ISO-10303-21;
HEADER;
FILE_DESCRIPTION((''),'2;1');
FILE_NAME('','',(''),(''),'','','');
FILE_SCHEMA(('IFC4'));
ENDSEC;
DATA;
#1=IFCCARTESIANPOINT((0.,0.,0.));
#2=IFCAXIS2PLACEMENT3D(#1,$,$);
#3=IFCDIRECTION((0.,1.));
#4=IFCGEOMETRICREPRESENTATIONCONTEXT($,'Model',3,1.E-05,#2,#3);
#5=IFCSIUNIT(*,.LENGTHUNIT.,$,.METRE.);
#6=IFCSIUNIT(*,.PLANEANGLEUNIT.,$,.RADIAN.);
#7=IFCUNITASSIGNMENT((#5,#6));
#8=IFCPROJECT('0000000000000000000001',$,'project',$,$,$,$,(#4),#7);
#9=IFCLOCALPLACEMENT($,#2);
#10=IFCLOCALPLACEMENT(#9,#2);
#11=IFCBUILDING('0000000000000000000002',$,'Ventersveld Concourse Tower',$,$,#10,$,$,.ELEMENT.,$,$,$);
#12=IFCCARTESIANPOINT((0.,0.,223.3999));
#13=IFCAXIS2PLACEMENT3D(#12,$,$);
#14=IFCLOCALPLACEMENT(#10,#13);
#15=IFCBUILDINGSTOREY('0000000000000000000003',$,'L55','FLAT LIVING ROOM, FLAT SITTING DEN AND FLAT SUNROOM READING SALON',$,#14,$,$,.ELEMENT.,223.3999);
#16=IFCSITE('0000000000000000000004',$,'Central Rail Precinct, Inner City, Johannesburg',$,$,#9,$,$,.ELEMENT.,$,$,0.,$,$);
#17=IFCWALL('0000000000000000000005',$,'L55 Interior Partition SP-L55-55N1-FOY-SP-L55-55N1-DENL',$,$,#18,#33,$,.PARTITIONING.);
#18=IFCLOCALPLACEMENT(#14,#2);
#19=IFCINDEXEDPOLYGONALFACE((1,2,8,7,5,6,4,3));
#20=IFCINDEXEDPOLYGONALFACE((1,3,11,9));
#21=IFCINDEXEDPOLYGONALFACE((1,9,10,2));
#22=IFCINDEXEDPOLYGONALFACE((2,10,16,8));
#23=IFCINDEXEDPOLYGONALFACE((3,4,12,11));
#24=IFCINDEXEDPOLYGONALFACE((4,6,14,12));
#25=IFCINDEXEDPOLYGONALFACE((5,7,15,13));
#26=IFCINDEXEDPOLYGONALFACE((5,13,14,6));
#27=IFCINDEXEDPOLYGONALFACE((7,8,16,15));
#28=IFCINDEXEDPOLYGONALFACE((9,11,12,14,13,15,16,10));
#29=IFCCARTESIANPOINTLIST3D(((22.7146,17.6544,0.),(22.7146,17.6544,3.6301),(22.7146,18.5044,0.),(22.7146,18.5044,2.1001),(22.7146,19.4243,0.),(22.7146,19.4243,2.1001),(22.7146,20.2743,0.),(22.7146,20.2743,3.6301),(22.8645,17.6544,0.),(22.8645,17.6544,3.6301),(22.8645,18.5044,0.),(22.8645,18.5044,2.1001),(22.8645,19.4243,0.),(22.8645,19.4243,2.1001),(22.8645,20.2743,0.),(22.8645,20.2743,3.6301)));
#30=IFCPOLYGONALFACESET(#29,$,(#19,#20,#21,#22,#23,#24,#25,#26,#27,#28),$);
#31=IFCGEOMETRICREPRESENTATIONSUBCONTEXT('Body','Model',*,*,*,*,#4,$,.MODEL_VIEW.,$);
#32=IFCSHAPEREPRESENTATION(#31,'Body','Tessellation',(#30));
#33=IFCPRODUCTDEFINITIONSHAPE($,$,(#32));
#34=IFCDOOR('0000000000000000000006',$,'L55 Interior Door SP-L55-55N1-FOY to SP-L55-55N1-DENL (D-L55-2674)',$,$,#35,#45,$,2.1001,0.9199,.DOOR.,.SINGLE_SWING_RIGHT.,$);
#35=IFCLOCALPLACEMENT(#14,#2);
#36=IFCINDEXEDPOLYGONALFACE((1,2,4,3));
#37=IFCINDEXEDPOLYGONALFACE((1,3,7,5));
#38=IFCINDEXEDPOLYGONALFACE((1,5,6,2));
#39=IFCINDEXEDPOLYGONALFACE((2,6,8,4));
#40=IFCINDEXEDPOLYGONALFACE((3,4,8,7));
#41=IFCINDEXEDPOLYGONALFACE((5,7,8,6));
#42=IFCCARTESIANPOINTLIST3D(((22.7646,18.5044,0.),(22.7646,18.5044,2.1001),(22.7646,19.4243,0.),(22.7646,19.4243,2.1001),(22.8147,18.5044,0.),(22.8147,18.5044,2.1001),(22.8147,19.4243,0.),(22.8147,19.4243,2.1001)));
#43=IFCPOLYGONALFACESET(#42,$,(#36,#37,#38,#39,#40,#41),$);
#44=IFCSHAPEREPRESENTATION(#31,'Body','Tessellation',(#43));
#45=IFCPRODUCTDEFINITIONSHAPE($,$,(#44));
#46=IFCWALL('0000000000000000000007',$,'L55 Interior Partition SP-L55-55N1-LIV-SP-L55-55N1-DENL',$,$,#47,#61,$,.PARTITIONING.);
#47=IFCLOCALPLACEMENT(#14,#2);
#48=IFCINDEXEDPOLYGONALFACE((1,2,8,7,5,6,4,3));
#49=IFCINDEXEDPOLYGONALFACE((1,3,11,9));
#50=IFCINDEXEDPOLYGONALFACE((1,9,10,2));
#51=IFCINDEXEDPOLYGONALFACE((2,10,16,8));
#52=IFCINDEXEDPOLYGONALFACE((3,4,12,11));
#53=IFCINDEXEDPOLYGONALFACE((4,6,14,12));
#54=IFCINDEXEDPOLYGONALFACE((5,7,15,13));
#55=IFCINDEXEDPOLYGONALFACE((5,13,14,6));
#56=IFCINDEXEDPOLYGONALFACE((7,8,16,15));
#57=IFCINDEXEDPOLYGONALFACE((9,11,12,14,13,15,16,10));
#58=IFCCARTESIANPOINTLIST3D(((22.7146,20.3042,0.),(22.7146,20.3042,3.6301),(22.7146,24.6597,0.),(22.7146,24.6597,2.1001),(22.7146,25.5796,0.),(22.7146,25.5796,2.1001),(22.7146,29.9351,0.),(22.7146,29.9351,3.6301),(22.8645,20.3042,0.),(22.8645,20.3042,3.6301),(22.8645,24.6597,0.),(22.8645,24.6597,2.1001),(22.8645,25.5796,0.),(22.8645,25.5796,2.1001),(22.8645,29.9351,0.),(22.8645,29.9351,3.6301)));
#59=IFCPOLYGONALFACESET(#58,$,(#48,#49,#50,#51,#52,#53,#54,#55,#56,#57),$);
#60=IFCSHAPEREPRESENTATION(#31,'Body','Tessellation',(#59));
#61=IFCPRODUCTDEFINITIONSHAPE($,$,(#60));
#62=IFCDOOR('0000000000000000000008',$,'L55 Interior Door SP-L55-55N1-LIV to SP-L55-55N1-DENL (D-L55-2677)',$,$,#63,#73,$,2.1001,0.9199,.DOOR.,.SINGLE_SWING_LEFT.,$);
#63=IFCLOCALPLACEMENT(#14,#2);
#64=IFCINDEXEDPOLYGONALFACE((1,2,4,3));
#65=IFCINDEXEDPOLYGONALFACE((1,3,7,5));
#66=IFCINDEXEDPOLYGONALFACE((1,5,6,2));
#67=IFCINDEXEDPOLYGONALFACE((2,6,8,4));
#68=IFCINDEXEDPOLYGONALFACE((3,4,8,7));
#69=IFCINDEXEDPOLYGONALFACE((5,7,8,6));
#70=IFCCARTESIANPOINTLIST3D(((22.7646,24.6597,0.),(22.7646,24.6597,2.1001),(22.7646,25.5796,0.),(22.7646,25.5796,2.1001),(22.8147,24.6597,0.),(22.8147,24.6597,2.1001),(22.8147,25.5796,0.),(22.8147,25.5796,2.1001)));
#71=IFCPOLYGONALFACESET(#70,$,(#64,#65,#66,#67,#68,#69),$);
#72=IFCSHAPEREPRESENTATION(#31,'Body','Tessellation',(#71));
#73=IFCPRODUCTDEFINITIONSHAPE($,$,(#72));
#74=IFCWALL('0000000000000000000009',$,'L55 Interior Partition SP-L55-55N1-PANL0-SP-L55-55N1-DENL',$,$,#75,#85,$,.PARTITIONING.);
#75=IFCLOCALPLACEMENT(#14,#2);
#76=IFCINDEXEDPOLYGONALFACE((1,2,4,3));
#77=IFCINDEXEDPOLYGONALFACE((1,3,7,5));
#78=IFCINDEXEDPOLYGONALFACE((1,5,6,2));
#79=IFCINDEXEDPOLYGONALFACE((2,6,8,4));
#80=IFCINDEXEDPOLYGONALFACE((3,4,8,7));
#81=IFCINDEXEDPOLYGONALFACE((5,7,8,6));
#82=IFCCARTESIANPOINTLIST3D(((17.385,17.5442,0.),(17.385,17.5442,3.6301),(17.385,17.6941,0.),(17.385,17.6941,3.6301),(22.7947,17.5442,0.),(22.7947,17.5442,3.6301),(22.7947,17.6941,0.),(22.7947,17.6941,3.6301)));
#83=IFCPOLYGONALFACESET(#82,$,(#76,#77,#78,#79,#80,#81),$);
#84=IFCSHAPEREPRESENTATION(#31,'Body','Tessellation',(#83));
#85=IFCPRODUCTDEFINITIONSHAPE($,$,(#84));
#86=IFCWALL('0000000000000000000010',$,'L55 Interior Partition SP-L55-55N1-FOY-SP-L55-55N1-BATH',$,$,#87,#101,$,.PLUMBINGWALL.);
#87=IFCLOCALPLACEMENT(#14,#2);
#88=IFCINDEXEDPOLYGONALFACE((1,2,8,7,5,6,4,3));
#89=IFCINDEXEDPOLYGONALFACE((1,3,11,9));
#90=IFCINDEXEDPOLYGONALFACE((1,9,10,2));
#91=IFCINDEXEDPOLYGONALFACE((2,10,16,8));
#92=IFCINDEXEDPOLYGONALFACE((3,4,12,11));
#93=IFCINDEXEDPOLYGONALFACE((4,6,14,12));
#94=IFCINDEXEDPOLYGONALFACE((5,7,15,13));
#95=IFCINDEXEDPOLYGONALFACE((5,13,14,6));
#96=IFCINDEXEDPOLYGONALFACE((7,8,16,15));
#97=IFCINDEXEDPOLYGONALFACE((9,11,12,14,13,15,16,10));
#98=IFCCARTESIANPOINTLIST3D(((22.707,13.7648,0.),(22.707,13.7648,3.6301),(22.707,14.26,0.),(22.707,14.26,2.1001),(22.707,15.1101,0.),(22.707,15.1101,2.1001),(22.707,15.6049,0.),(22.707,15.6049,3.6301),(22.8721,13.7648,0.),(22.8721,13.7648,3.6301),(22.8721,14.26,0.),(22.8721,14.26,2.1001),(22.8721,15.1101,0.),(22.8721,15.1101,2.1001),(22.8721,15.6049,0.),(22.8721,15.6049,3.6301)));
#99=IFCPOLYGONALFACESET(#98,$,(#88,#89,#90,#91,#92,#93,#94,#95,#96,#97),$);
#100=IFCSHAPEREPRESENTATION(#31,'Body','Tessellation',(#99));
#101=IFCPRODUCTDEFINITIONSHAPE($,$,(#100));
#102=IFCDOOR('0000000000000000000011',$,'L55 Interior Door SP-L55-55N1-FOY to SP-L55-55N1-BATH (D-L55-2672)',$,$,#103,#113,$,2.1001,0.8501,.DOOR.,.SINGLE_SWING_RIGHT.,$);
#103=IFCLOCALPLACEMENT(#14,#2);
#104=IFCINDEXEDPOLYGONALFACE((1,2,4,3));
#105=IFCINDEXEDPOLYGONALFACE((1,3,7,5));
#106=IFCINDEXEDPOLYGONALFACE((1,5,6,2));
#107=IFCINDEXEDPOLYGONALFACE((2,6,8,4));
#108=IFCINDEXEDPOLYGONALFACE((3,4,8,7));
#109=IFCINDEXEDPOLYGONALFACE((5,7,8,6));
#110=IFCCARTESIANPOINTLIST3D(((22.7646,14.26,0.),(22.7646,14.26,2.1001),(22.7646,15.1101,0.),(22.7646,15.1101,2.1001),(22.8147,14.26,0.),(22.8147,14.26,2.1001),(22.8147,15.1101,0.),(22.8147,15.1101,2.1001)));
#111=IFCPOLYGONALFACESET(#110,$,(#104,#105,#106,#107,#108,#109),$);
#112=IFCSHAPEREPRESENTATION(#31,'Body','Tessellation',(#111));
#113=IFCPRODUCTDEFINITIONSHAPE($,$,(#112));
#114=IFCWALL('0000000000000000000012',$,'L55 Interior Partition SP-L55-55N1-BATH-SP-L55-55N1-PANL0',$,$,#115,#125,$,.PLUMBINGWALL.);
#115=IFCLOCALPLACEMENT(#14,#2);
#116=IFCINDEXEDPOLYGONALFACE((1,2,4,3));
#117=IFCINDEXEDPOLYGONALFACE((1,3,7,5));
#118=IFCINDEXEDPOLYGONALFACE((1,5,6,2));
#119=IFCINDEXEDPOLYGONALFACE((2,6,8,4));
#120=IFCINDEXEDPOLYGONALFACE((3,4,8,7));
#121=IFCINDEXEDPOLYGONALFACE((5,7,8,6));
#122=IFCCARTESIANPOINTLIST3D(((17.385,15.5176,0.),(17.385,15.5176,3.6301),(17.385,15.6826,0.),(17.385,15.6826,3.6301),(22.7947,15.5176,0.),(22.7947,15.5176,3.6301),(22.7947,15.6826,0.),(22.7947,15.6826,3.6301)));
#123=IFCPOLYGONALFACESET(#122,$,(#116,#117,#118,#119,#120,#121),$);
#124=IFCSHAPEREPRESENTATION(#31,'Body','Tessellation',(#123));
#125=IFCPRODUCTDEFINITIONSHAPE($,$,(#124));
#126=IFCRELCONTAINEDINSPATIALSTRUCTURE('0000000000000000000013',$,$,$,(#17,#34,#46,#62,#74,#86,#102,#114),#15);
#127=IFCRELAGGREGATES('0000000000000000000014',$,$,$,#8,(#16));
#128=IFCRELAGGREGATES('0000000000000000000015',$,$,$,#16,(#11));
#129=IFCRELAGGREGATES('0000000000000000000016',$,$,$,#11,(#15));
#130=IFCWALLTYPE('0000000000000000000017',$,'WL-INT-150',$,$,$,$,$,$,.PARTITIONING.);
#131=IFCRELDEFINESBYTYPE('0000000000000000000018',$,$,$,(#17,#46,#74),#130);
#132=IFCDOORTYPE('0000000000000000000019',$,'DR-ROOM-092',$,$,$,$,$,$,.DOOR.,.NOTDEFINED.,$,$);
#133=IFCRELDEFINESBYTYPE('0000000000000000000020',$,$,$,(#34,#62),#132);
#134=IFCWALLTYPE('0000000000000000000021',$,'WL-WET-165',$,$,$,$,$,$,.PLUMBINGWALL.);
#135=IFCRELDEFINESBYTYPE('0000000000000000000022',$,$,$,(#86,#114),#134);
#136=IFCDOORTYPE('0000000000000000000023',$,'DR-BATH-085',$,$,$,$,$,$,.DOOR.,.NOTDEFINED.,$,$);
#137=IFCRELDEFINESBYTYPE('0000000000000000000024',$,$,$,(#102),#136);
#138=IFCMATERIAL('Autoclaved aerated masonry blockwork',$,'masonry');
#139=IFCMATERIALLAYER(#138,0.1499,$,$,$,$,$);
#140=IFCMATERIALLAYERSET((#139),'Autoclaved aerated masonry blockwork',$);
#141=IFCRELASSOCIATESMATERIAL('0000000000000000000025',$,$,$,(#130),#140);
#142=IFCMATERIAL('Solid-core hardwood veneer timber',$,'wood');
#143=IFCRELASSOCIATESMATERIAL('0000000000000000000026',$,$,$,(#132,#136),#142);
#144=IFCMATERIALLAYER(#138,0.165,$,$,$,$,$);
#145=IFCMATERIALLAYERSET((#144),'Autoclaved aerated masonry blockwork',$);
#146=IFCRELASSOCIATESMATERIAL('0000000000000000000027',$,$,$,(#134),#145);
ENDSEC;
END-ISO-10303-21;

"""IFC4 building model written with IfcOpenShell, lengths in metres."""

from ifc_helpers import new_model, si_unit, direction, frame, frame_2d, origin, place, context, subcontext, project, spatial, rectangle, extrude, material, layer, layer_set, type_object, element, fill, save


model = new_model("IFC4")

# Units and contexts
model_context = context("Model", 3, precision=1e-05, world=origin(), true_north=direction((0.0, 1.0)))
body_context = subcontext(model_context, "Body", "Model", "MODEL_VIEW")
ifc_project = project(units=[si_unit("LENGTHUNIT", "METRE"), si_unit("PLANEANGLEUNIT", "RADIAN")], contexts=[model_context])

# Site, building, storey
site_placement = place(None, origin())
site = spatial("IfcSite", under=ifc_project, at=site_placement, Name="Central Rail Precinct, Inner City, Johannesburg", CompositionType="ELEMENT", RefElevation=0.0)
building_placement = place(site_placement, origin())
building = spatial("IfcBuilding", under=site, at=building_placement, Name="Ventersveld Concourse Tower", CompositionType="ELEMENT")
storey_placement = place(building_placement, frame((0.0, 0.0, 223.3999)))
storey = spatial("IfcBuildingStorey", under=building, at=storey_placement, Name="L55", Description="FLAT LIVING ROOM, FLAT SITTING DEN AND FLAT SUNROOM READING SALON", CompositionType="ELEMENT", Elevation=223.3999)

# Shared definitions
ifc_material_1 = material(Name="Solid-core hardwood veneer timber", Category="wood")

# Walls, openings, doors
ifc_material_2 = material(Name="Autoclaved aerated masonry blockwork", Category="masonry")
ifc_layer_1 = layer(ifc_material_2, 0.1499)
ifc_layer_set_1 = layer_set([ifc_layer_1], Name="Autoclaved aerated masonry blockwork")
wall_type_1 = type_object("IfcWallType", Name="WL-INT-150", PredefinedType="PARTITIONING", material=ifc_layer_set_1)
door_type_1 = type_object("IfcDoorType", Name="DR-ROOM-092", OperationType="NOTDEFINED", PredefinedType="DOOR", material=ifc_material_1)
wall_1_placement = place(storey_placement, frame((22.7896, 17.6543, 0.0), z_axis=(0.0, 0.0, 1.0), x_axis=(0.0, 1.0, 0.0)))
wall_1 = element("IfcWall", 1, at=wall_1_placement, inside=storey, type_object=wall_type_1, Name="L55 Interior Partition SP-L55-55N1-FOY-SP-L55-55N1-DENL", PredefinedType="PARTITIONING", context=body_context, shape_type="SweptSolid", body=[
    extrude(rectangle(XDim=2.6199, YDim=0.1499, at=frame_2d((1.3101, 0.0))), origin(), (0.0, 0.0, 1.0), 3.6301),
])
opening_1_placement = place(wall_1_placement, frame((0.8501, 0.0, 0.0)))
opening_1 = element("IfcOpeningElement", 2, at=opening_1_placement, cuts=wall_1, PredefinedType="OPENING", context=body_context, shape_type="SweptSolid", body=[
    extrude(rectangle(XDim=0.9199, YDim=2.1001, at=frame_2d((0.46, 1.05))), frame((0.0, 0.085, 0.0), z_axis=(0.0, -1.0, 0.0), x_axis=(1.0, 0.0, 0.0)), (0.0, 0.0, 1.0), 0.1699),
])
door_1_placement = place(opening_1_placement, origin())
door_1 = element("IfcDoor", 3, at=door_1_placement, inside=storey, type_object=door_type_1, Name="L55 Interior Door SP-L55-55N1-FOY to SP-L55-55N1-DENL (D-L55-2674)", OperationType="SINGLE_SWING_RIGHT", OverallHeight=2.1001, OverallWidth=0.9199, PredefinedType="DOOR", context=body_context, shape_type="SweptSolid", body=[
    extrude(rectangle(XDim=0.9199, YDim=2.1001, at=frame_2d((0.46, 1.05))), frame((0.0, 0.0249, 0.0), z_axis=(0.0, -1.0, 0.0), x_axis=(1.0, 0.0, 0.0)), (0.0, 0.0, 1.0), 0.05),
])
fill(opening_1, door_1)
wall_2_placement = place(storey_placement, frame((22.7896, 20.3042, 0.0), z_axis=(0.0, 0.0, 1.0), x_axis=(0.0, 1.0, 0.0)))
wall_2 = element("IfcWall", 4, at=wall_2_placement, inside=storey, type_object=wall_type_1, Name="L55 Interior Partition SP-L55-55N1-LIV-SP-L55-55N1-DENL", PredefinedType="PARTITIONING", context=body_context, shape_type="SweptSolid", body=[
    extrude(rectangle(XDim=9.6309, YDim=0.1499, at=frame_2d((4.8154, 0.0))), origin(), (0.0, 0.0, 1.0), 3.6301),
])
opening_2_placement = place(wall_2_placement, frame((4.3555, 0.0, 0.0)))
opening_2 = element("IfcOpeningElement", 5, at=opening_2_placement, cuts=wall_2, PredefinedType="OPENING", context=body_context, shape_type="SweptSolid", body=[
    extrude(rectangle(XDim=0.9199, YDim=2.1001, at=frame_2d((0.46, 1.05))), frame((0.0, 0.085, 0.0), z_axis=(0.0, -1.0, 0.0), x_axis=(1.0, 0.0, 0.0)), (0.0, 0.0, 1.0), 0.1699),
])
door_2_placement = place(opening_2_placement, origin())
door_2 = element("IfcDoor", 6, at=door_2_placement, inside=storey, type_object=door_type_1, Name="L55 Interior Door SP-L55-55N1-LIV to SP-L55-55N1-DENL (D-L55-2677)", OperationType="SINGLE_SWING_LEFT", OverallHeight=2.1001, OverallWidth=0.9199, PredefinedType="DOOR", context=body_context, shape_type="SweptSolid", body=[
    extrude(rectangle(XDim=0.9199, YDim=2.1001, at=frame_2d((0.46, 1.05))), frame((0.0, 0.0249, 0.0), z_axis=(0.0, -1.0, 0.0), x_axis=(1.0, 0.0, 0.0)), (0.0, 0.0, 1.0), 0.05),
])
fill(opening_2, door_2)

# Wall
wall_3_placement = place(storey_placement, frame((17.385, 17.6191, 0.0), z_axis=(0.0, 0.0, 1.0), x_axis=(1.0, 0.0, 0.0)))
element("IfcWall", 7, at=wall_3_placement, inside=storey, type_object=wall_type_1, Name="L55 Interior Partition SP-L55-55N1-PANL0-SP-L55-55N1-DENL", PredefinedType="PARTITIONING", context=body_context, shape_type="SweptSolid", body=[
    extrude(rectangle(XDim=5.4097, YDim=0.1499, at=frame_2d((2.7048, 0.0))), origin(), (0.0, 0.0, 1.0), 3.6301),
])

# Wall, opening, door
ifc_layer_2 = layer(ifc_material_2, 0.165)
ifc_layer_set_2 = layer_set([ifc_layer_2], Name="Autoclaved aerated masonry blockwork")
wall_type_2 = type_object("IfcWallType", Name="WL-WET-165", PredefinedType="PLUMBINGWALL", material=ifc_layer_set_2)
wall_4_placement = place(storey_placement, frame((22.7896, 13.7649, 0.0), z_axis=(0.0, 0.0, 1.0), x_axis=(0.0, 1.0, 0.0)))
wall_4 = element("IfcWall", 8, at=wall_4_placement, inside=storey, type_object=wall_type_2, Name="L55 Interior Partition SP-L55-55N1-FOY-SP-L55-55N1-BATH", PredefinedType="PLUMBINGWALL", context=body_context, shape_type="SweptSolid", body=[
    extrude(rectangle(XDim=1.8401, YDim=0.165, at=frame_2d((0.9199, 0.0))), origin(), (0.0, 0.0, 1.0), 3.6301),
])
opening_3_placement = place(wall_4_placement, frame((0.4951, 0.0, 0.0)))
opening_3 = element("IfcOpeningElement", 9, at=opening_3_placement, cuts=wall_4, PredefinedType="OPENING", context=body_context, shape_type="SweptSolid", body=[
    extrude(rectangle(XDim=0.8501, YDim=2.1001, at=frame_2d((0.425, 1.05))), frame((0.0, 0.0925, 0.0), z_axis=(0.0, -1.0, 0.0), x_axis=(1.0, 0.0, 0.0)), (0.0, 0.0, 1.0), 0.1851),
])
door_type_2 = type_object("IfcDoorType", Name="DR-BATH-085", OperationType="NOTDEFINED", PredefinedType="DOOR", material=ifc_material_1)
door_3_placement = place(opening_3_placement, origin())
door_3 = element("IfcDoor", 10, at=door_3_placement, inside=storey, type_object=door_type_2, Name="L55 Interior Door SP-L55-55N1-FOY to SP-L55-55N1-BATH (D-L55-2672)", OperationType="SINGLE_SWING_RIGHT", OverallHeight=2.1001, OverallWidth=0.8501, PredefinedType="DOOR", context=body_context, shape_type="SweptSolid", body=[
    extrude(rectangle(XDim=0.8501, YDim=2.1001, at=frame_2d((0.425, 1.05))), frame((0.0, 0.0249, 0.0), z_axis=(0.0, -1.0, 0.0), x_axis=(1.0, 0.0, 0.0)), (0.0, 0.0, 1.0), 0.05),
])
fill(opening_3, door_3)

# Wall
wall_5_placement = place(storey_placement, frame((17.385, 15.6001, 0.0), z_axis=(0.0, 0.0, 1.0), x_axis=(1.0, 0.0, 0.0)))
element("IfcWall", 11, at=wall_5_placement, inside=storey, type_object=wall_type_2, Name="L55 Interior Partition SP-L55-55N1-BATH-SP-L55-55N1-PANL0", PredefinedType="PLUMBINGWALL", context=body_context, shape_type="SweptSolid", body=[
    extrude(rectangle(XDim=5.4097, YDim=0.165, at=frame_2d((2.7048, 0.0))), origin(), (0.0, 0.0, 1.0), 3.6301),
])

save(model, "model.ifc")
